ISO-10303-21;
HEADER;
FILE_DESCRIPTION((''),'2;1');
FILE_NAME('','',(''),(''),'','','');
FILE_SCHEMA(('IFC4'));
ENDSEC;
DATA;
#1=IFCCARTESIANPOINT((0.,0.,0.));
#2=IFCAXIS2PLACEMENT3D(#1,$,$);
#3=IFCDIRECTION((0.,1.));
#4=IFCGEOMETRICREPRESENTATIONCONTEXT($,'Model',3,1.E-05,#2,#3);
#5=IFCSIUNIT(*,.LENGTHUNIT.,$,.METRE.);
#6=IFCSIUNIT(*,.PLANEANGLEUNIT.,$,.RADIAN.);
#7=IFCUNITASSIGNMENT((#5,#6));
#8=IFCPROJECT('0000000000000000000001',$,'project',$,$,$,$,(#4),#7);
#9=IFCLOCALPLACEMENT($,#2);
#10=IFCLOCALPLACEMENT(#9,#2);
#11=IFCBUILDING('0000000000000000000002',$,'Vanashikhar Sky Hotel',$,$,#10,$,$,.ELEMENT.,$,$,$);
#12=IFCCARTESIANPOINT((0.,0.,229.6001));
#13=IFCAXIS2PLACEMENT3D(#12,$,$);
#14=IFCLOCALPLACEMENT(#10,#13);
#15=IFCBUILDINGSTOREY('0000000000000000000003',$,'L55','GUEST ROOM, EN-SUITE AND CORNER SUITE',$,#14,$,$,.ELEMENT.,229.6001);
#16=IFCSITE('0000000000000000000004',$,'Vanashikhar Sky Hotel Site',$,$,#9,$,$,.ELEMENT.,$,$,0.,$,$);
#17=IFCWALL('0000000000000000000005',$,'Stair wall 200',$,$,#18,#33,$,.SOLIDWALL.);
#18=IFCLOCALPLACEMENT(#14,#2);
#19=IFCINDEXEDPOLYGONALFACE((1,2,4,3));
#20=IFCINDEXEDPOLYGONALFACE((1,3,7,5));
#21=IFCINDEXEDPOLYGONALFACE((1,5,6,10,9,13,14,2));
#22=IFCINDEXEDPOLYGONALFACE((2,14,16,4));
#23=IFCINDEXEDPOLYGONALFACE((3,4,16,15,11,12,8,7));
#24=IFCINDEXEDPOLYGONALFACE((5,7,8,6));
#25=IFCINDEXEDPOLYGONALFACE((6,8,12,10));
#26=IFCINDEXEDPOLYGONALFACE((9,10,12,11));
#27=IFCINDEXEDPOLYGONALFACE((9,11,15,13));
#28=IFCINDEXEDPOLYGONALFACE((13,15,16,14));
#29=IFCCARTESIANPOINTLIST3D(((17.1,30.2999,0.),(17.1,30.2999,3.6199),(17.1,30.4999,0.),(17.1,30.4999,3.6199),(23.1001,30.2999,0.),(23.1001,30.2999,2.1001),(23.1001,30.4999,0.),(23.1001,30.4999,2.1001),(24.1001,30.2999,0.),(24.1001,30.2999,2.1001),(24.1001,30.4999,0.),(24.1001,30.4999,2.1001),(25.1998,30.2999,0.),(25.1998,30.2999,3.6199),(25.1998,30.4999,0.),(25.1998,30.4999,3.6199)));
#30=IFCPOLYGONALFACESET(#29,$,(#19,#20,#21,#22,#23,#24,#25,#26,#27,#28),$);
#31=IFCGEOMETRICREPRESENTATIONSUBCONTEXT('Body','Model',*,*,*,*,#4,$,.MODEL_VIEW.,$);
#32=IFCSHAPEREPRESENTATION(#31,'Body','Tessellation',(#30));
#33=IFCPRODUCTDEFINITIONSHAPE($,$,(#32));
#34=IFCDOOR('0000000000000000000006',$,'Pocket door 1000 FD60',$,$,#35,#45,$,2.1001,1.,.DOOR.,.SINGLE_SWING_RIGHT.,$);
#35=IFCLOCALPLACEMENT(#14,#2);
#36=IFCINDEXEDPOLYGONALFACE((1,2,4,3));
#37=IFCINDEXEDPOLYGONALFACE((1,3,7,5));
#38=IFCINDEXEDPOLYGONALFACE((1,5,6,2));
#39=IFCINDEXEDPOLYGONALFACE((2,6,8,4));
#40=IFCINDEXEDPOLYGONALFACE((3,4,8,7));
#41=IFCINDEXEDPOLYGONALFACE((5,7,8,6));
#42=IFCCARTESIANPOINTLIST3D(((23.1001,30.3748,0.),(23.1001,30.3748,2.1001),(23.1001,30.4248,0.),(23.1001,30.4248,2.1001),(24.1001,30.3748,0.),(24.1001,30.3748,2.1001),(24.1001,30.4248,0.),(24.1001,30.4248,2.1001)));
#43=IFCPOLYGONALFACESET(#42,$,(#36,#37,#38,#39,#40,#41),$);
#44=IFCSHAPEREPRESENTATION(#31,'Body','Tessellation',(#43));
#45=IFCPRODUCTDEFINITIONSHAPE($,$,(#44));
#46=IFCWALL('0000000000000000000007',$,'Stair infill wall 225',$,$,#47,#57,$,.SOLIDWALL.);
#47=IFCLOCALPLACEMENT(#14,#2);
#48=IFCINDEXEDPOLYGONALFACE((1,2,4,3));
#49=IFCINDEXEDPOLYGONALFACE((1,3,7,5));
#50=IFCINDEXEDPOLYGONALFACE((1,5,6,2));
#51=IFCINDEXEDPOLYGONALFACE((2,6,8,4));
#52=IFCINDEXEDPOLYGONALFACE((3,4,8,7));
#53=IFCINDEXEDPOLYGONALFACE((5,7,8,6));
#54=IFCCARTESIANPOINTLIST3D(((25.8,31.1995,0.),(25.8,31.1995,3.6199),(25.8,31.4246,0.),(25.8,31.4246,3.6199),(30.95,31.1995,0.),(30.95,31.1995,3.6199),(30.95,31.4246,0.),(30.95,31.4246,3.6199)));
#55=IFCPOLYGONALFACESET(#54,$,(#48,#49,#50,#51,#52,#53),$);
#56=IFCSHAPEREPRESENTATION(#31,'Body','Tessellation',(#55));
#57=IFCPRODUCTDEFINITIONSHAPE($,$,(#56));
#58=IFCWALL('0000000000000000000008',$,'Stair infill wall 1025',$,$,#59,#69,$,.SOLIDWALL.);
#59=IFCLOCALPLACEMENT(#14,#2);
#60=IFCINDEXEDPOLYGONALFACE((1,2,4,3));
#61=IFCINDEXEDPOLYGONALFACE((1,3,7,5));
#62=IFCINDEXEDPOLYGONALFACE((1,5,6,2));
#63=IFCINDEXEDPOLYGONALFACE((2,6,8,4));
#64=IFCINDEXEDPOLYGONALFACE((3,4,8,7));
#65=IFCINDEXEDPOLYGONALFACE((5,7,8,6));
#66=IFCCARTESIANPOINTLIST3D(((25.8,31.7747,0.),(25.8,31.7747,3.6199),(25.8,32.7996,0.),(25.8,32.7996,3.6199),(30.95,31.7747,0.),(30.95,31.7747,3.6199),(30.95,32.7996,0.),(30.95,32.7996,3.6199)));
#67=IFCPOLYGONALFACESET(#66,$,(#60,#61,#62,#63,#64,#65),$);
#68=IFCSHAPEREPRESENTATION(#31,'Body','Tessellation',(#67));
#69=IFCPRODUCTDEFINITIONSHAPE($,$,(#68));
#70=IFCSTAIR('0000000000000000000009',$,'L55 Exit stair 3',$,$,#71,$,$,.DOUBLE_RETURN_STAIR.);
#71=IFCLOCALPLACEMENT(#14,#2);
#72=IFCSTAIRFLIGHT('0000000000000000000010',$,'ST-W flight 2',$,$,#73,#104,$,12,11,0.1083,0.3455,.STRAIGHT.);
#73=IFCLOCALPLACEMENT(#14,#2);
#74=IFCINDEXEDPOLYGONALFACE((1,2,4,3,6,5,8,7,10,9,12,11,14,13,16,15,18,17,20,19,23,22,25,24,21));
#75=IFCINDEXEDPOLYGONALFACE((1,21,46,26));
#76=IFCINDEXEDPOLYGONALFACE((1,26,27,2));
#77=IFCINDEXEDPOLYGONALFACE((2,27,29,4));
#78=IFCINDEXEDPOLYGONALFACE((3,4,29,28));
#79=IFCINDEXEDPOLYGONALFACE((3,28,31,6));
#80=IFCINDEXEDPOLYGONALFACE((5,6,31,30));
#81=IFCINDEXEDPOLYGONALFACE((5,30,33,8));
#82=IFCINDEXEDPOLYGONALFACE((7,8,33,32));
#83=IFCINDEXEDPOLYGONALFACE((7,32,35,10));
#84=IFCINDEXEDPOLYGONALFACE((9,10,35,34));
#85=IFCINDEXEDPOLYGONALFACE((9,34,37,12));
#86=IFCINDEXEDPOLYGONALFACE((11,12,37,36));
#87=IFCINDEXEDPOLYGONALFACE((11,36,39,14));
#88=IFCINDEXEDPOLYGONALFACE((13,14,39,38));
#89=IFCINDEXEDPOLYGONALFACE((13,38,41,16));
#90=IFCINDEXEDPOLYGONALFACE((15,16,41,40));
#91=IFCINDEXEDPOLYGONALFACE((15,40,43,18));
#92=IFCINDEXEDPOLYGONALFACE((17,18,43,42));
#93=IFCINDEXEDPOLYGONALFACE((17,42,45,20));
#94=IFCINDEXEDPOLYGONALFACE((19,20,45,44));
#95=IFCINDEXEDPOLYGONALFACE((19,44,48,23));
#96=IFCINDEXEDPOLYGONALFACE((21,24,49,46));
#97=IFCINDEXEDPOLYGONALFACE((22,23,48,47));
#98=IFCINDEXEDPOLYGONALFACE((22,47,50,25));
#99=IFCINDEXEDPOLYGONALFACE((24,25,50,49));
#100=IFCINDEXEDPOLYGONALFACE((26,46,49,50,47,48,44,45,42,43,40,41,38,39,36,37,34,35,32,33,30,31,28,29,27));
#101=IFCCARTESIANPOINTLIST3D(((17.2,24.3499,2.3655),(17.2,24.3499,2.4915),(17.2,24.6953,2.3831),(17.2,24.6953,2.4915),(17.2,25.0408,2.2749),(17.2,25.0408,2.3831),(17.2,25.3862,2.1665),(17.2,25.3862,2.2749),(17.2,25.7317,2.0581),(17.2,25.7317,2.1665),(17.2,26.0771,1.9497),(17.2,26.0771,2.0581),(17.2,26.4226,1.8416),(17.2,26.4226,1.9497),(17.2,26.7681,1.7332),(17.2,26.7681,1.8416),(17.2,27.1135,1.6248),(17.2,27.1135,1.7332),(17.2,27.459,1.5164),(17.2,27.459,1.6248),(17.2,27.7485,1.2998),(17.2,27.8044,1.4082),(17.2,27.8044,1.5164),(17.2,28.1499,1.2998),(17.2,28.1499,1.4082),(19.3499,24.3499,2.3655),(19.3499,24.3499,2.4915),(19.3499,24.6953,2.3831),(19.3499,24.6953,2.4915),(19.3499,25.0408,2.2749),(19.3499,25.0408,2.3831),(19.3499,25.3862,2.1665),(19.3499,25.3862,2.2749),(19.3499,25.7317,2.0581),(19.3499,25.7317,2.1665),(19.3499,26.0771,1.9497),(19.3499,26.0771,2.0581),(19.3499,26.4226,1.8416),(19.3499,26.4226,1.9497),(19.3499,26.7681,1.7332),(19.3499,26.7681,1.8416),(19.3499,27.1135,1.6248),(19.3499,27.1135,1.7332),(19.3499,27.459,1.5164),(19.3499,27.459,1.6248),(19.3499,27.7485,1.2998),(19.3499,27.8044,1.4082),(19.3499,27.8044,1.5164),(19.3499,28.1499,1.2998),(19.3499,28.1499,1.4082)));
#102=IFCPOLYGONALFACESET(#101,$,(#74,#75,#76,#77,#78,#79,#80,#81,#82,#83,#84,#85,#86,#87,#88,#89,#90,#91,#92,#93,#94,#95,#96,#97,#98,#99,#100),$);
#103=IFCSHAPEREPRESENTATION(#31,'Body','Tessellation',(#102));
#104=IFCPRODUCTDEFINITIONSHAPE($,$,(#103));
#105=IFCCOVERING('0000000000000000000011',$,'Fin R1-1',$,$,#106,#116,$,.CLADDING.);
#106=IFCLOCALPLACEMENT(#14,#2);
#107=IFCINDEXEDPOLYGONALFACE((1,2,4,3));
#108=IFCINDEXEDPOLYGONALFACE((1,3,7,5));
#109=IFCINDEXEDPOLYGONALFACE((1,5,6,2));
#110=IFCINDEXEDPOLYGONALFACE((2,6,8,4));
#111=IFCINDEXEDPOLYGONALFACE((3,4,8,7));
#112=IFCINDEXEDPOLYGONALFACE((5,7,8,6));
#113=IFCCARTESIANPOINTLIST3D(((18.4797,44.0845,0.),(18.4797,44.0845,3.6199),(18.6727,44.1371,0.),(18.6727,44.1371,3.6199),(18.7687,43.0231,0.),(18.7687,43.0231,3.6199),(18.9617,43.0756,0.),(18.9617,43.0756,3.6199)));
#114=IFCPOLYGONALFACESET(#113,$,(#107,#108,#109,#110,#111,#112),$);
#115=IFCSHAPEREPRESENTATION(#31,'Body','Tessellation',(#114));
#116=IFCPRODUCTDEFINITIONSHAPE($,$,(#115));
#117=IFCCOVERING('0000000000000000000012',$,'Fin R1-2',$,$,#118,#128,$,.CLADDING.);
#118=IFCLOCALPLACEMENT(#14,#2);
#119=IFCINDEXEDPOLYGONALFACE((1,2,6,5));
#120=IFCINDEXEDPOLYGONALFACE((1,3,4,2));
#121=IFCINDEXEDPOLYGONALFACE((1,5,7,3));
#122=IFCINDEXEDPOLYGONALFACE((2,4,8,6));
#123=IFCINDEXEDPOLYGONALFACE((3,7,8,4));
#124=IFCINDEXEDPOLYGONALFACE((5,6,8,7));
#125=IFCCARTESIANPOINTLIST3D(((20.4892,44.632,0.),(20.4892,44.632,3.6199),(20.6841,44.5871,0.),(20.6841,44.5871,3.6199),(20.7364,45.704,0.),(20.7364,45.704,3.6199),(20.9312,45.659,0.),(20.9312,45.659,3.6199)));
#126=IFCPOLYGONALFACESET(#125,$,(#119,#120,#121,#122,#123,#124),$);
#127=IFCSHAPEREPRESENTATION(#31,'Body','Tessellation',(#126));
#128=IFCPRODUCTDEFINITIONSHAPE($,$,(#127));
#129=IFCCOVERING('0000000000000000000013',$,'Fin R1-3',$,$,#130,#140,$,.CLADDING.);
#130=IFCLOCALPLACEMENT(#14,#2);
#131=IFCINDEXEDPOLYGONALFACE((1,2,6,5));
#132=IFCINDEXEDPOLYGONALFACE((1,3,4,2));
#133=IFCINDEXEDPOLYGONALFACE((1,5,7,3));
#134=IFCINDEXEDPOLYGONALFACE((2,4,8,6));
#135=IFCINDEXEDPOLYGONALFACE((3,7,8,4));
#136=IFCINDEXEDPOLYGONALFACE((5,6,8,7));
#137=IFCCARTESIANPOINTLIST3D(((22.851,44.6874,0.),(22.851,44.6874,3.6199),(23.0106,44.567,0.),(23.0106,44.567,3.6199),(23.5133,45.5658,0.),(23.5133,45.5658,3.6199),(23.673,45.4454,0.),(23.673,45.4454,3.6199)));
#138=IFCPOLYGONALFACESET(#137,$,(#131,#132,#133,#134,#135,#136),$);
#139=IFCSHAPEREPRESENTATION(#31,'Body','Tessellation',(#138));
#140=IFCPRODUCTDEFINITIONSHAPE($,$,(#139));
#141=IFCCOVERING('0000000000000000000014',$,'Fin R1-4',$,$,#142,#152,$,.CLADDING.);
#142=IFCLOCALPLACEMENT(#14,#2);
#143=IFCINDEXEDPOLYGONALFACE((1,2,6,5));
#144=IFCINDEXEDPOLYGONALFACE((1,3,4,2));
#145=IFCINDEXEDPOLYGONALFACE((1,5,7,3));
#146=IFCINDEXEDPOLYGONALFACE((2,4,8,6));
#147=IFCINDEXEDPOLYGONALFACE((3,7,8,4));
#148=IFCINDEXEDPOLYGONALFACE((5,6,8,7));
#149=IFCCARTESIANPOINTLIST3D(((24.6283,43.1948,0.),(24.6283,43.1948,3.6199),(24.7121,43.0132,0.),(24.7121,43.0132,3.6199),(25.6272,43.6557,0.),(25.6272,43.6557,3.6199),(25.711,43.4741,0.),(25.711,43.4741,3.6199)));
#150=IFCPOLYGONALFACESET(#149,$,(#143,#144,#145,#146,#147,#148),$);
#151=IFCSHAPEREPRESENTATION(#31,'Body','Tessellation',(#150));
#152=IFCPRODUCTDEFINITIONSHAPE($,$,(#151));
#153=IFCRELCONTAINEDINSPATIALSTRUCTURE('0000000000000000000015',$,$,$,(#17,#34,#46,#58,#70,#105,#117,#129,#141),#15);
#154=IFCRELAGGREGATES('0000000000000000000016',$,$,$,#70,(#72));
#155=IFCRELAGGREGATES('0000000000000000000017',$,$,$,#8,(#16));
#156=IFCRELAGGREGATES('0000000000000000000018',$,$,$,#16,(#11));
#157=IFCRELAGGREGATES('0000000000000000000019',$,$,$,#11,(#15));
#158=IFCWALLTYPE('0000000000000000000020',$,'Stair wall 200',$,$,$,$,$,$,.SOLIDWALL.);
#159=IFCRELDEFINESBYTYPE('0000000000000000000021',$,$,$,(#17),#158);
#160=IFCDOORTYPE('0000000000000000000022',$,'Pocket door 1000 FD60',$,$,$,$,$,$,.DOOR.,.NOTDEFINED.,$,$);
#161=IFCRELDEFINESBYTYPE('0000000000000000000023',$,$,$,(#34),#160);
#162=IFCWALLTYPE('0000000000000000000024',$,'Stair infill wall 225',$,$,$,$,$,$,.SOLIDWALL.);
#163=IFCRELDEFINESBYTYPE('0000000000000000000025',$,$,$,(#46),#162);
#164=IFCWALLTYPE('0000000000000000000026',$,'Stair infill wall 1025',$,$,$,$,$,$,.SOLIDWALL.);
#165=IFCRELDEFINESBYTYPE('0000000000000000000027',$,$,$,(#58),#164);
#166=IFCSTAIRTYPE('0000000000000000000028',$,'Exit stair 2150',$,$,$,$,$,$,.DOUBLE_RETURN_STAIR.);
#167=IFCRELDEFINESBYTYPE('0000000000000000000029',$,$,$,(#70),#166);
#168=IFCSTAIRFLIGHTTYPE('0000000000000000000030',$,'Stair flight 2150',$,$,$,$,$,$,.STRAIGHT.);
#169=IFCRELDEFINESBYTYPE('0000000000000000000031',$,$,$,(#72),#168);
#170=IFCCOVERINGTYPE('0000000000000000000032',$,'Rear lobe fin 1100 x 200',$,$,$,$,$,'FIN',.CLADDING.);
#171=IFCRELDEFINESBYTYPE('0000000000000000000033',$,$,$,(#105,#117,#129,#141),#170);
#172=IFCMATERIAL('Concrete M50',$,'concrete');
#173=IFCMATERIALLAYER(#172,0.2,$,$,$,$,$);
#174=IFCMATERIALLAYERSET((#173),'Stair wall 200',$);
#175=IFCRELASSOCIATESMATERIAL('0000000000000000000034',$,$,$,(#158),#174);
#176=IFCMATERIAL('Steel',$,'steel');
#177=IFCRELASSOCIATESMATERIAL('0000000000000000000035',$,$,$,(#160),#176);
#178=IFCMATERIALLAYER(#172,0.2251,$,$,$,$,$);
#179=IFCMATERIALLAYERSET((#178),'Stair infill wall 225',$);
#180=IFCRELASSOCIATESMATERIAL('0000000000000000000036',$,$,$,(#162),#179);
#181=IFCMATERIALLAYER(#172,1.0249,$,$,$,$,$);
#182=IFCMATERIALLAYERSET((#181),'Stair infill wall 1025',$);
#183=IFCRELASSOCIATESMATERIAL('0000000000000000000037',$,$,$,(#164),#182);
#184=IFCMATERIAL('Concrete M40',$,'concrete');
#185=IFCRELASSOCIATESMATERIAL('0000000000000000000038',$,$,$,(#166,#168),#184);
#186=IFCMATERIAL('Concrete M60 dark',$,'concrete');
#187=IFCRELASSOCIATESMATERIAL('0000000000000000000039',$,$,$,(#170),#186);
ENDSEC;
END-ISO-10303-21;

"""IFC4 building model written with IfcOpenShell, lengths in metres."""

from ifc_helpers import new_model, si_unit, direction, frame, frame_2d, origin, origin_2d, place, context, subcontext, project, spatial, polyline, rectangle, outline, extrude, source, transform, mapped, material, layer, layer_set, material_profile, profile_set, type_object, element, fill, aggregate, save


model = new_model("IFC4")

# Units and contexts
model_context = context("Model", 3, precision=1e-05, world=origin(), true_north=direction((0.0, 1.0)))
body_context = subcontext(model_context, "Body", "Model", "MODEL_VIEW")
ifc_project = project(units=[si_unit("LENGTHUNIT", "METRE"), si_unit("PLANEANGLEUNIT", "RADIAN")], contexts=[model_context])

# Site, building, storey
site_placement = place(None, origin())
site = spatial("IfcSite", under=ifc_project, at=site_placement, Name="Vanashikhar Sky Hotel Site", CompositionType="ELEMENT", RefElevation=0.0)
building_placement = place(site_placement, origin())
building = spatial("IfcBuilding", under=site, at=building_placement, Name="Vanashikhar Sky Hotel", CompositionType="ELEMENT")
storey_placement = place(building_placement, frame((0.0, 0.0, 229.6001)))
storey = spatial("IfcBuildingStorey", under=building, at=storey_placement, Name="L55", Description="GUEST ROOM, EN-SUITE AND CORNER SUITE", CompositionType="ELEMENT", Elevation=229.6001)

# Shared definitions
ifc_material_1 = material(Name="Concrete M50", Category="concrete")

# Wall, opening, door
ifc_layer_1 = layer(ifc_material_1, 0.2)
ifc_layer_set_1 = layer_set([ifc_layer_1], Name="Stair wall 200")
wall_type_1 = type_object("IfcWallType", Name="Stair wall 200", PredefinedType="SOLIDWALL", material=ifc_layer_set_1)
shared_shape_1 = source(origin(), body_context, "Body", "SweptSolid", [
    extrude(rectangle(XDim=8.0999, YDim=0.2, at=frame_2d((4.0498, 0.0))), origin(), (0.0, 0.0, 1.0), 3.6199),
])
wall_1_placement = place(storey_placement, frame((17.1001, 30.3999, 0.0), z_axis=(0.0, 0.0, 1.0), x_axis=(1.0, 0.0, 0.0)))
wall_1 = element("IfcWall", 1, at=wall_1_placement, inside=storey, type_object=wall_type_1, Name="Stair wall 200", PredefinedType="SOLIDWALL", context=body_context, shape_type="MappedRepresentation", body=[
    mapped(shared_shape_1, transform((0.0, 0.0, 0.0), scale=1.0)),
])
shared_shape_2 = source(origin(), body_context, "Body", "SweptSolid", [
    extrude(rectangle(XDim=1.0, YDim=2.1001, at=frame_2d((0.5, 1.05))), frame((0.0, 0.1099, 0.0), z_axis=(0.0, -1.0, 0.0), x_axis=(1.0, 0.0, 0.0)), (0.0, 0.0, 1.0), 0.22),
])
opening_1_placement = place(wall_1_placement, frame((6.0, 0.0, 0.0)))
opening_1 = element("IfcOpeningElement", 2, at=opening_1_placement, cuts=wall_1, PredefinedType="OPENING", context=body_context, shape_type="MappedRepresentation", body=[
    mapped(shared_shape_2, transform((0.0, 0.0, 0.0), scale=1.0)),
])
ifc_material_2 = material(Name="Steel", Category="steel")
door_type_1 = type_object("IfcDoorType", Name="Pocket door 1000 FD60", OperationType="NOTDEFINED", PredefinedType="DOOR", material=ifc_material_2)
shared_shape_3 = source(origin(), body_context, "Body", "SweptSolid", [
    extrude(rectangle(XDim=1.0, YDim=2.1001, at=frame_2d((0.5, 1.05))), frame((0.0, 0.0249, 0.0), z_axis=(0.0, -1.0, 0.0), x_axis=(1.0, 0.0, 0.0)), (0.0, 0.0, 1.0), 0.05),
])
door_1_placement = place(opening_1_placement, origin())
door_1 = element("IfcDoor", 3, at=door_1_placement, inside=storey, type_object=door_type_1, Name="Pocket door 1000 FD60", OperationType="SINGLE_SWING_RIGHT", OverallHeight=2.1001, OverallWidth=1.0, PredefinedType="DOOR", context=body_context, shape_type="MappedRepresentation", body=[
    mapped(shared_shape_3, transform((0.0, 0.0, 0.0), scale=1.0)),
])
fill(opening_1, door_1)

# Walls
ifc_layer_2 = layer(ifc_material_1, 0.2251)
ifc_layer_set_2 = layer_set([ifc_layer_2], Name="Stair infill wall 225")
wall_type_2 = type_object("IfcWallType", Name="Stair infill wall 225", PredefinedType="SOLIDWALL", material=ifc_layer_set_2)
shared_shape_4 = source(origin(), body_context, "Body", "SweptSolid", [
    extrude(rectangle(XDim=5.1499, YDim=0.2251, at=frame_2d((2.575, 0.0))), origin(), (0.0, 0.0, 1.0), 3.6199),
])
wall_2_placement = place(storey_placement, frame((25.8, 31.312, 0.0), z_axis=(0.0, 0.0, 1.0), x_axis=(1.0, 0.0, 0.0)))
element("IfcWall", 4, at=wall_2_placement, inside=storey, type_object=wall_type_2, Name="Stair infill wall 225", PredefinedType="SOLIDWALL", context=body_context, shape_type="MappedRepresentation", body=[
    mapped(shared_shape_4, transform((0.0, 0.0, 0.0), scale=1.0)),
])
ifc_layer_3 = layer(ifc_material_1, 1.0249)
ifc_layer_set_3 = layer_set([ifc_layer_3], Name="Stair infill wall 1025")
wall_type_3 = type_object("IfcWallType", Name="Stair infill wall 1025", PredefinedType="SOLIDWALL", material=ifc_layer_set_3)
shared_shape_5 = source(origin(), body_context, "Body", "SweptSolid", [
    extrude(rectangle(XDim=5.1499, YDim=1.0249, at=frame_2d((2.575, 0.0))), origin(), (0.0, 0.0, 1.0), 3.6199),
])
wall_3_placement = place(storey_placement, frame((25.8, 32.2871, 0.0), z_axis=(0.0, 0.0, 1.0), x_axis=(1.0, 0.0, 0.0)))
element("IfcWall", 5, at=wall_3_placement, inside=storey, type_object=wall_type_3, Name="Stair infill wall 1025", PredefinedType="SOLIDWALL", context=body_context, shape_type="MappedRepresentation", body=[
    mapped(shared_shape_5, transform((0.0, 0.0, 0.0), scale=1.0)),
])

# Stair, stair flight
ifc_material_3 = material(Name="Concrete M40", Category="concrete")
stair_type = type_object("IfcStairType", Name="Exit stair 2150", PredefinedType="DOUBLE_RETURN_STAIR", material=ifc_material_3)
stair_placement = place(storey_placement, origin())
stair = element("IfcStair", 6, at=stair_placement, inside=storey, type_object=stair_type, Name="L55 Exit stair 3", PredefinedType="DOUBLE_RETURN_STAIR")
stair_flight_type = type_object("IfcStairFlightType", Name="Stair flight 2150", PredefinedType="STRAIGHT", material=ifc_material_3)
shared_shape_6 = source(origin(), body_context, "Body", "SweptSolid", [
    extrude(outline(polyline([(0.0, 0.0), (0.0, 0.1084), (0.3455, 0.1084), (0.3455, 0.2166), (0.6909, 0.2166), (0.6909, 0.325), (1.0364, 0.325), (1.0364, 0.4333), (1.3818, 0.4333), (1.3818, 0.5417), (1.7273, 0.5417), (1.7273, 0.6499), (2.0728, 0.6499), (2.0728, 0.7583), (2.4182, 0.7583), (2.4182, 0.8667), (2.7637, 0.8667), (2.7637, 0.9751), (3.1091, 0.9751), (3.1091, 1.0833), (3.4546, 1.0833), (3.4546, 1.1917), (3.8, 1.1917), (3.8, 1.3), (3.8, 1.0657), (0.4014, 0.0), (0.0, 0.0)])), frame((0.0, 1.075, 0.0), z_axis=(0.0, -1.0, 0.0), x_axis=(1.0, 0.0, 0.0)), (0.0, 0.0, 1.0), 2.1499),
])
stair_flight_placement = place(storey_placement, frame((18.2749, 28.1499, 1.2998), z_axis=(0.0, 0.0, 1.0), x_axis=(0.0, -1.0, 0.0)))
stair_flight = element("IfcStairFlight", 7, at=stair_flight_placement, type_object=stair_flight_type, Name="ST-W flight 2", NumberOfRisers=12, NumberOfTreads=11, PredefinedType="STRAIGHT", RiserHeight=0.1083, TreadLength=0.3455, context=body_context, shape_type="MappedRepresentation", body=[
    mapped(shared_shape_6, transform((0.0, 0.0, 0.0), scale=1.0)),
])
aggregate(stair, [stair_flight])

# Coverings
ifc_material_4 = material(Name="Concrete M60 dark", Category="concrete")
ifc_material_profile = material_profile(ifc_material_4, rectangle(XDim=1.1001, YDim=0.2, at=origin_2d()))
ifc_profile_set = profile_set([ifc_material_profile], Name="Rear lobe fin 1100 x 200")
covering_type = type_object("IfcCoveringType", Name="Rear lobe fin 1100 x 200", ElementType="FIN", PredefinedType="CLADDING", material=ifc_profile_set)
shared_shape_7 = source(origin(), body_context, "Body", "SweptSolid", [
    extrude(rectangle(XDim=1.1001, YDim=0.2, at=origin_2d()), origin(), (0.0, 0.0, 1.0), 3.6199),
])
for number, where, z_axis, x_axis, name in (
    (8, (18.7207, 43.5801, 0.0), (0.0, 0.0, 1.0), (-0.262711, 0.964874, 0.0), "Fin R1-1"),
    (9, (20.7102, 45.1455, 0.0), (0.0, 0.0, 1.0), (0.224645, 0.974441, 0.0), "Fin R1-2"),
    (10, (23.262, 45.0664, 0.0), (0.0, 0.0, 1.0), (0.602066, 0.798446, 0.0), "Fin R1-3"),
    (11, (25.1697, 43.3345, 0.0), (0.0, 0.0, 1.0), (0.908004, 0.418961, 0.0), "Fin R1-4"),
):
    element("IfcCovering", number, at=place(storey_placement, frame(where, z_axis=z_axis, x_axis=x_axis)), inside=storey, type_object=covering_type, Name=name, PredefinedType="CLADDING", context=body_context, shape_type="MappedRepresentation", body=[
        mapped(shared_shape_7, transform((0.0, 0.0, 0.0), scale=1.0)),
    ])

save(model, "model.ifc")
